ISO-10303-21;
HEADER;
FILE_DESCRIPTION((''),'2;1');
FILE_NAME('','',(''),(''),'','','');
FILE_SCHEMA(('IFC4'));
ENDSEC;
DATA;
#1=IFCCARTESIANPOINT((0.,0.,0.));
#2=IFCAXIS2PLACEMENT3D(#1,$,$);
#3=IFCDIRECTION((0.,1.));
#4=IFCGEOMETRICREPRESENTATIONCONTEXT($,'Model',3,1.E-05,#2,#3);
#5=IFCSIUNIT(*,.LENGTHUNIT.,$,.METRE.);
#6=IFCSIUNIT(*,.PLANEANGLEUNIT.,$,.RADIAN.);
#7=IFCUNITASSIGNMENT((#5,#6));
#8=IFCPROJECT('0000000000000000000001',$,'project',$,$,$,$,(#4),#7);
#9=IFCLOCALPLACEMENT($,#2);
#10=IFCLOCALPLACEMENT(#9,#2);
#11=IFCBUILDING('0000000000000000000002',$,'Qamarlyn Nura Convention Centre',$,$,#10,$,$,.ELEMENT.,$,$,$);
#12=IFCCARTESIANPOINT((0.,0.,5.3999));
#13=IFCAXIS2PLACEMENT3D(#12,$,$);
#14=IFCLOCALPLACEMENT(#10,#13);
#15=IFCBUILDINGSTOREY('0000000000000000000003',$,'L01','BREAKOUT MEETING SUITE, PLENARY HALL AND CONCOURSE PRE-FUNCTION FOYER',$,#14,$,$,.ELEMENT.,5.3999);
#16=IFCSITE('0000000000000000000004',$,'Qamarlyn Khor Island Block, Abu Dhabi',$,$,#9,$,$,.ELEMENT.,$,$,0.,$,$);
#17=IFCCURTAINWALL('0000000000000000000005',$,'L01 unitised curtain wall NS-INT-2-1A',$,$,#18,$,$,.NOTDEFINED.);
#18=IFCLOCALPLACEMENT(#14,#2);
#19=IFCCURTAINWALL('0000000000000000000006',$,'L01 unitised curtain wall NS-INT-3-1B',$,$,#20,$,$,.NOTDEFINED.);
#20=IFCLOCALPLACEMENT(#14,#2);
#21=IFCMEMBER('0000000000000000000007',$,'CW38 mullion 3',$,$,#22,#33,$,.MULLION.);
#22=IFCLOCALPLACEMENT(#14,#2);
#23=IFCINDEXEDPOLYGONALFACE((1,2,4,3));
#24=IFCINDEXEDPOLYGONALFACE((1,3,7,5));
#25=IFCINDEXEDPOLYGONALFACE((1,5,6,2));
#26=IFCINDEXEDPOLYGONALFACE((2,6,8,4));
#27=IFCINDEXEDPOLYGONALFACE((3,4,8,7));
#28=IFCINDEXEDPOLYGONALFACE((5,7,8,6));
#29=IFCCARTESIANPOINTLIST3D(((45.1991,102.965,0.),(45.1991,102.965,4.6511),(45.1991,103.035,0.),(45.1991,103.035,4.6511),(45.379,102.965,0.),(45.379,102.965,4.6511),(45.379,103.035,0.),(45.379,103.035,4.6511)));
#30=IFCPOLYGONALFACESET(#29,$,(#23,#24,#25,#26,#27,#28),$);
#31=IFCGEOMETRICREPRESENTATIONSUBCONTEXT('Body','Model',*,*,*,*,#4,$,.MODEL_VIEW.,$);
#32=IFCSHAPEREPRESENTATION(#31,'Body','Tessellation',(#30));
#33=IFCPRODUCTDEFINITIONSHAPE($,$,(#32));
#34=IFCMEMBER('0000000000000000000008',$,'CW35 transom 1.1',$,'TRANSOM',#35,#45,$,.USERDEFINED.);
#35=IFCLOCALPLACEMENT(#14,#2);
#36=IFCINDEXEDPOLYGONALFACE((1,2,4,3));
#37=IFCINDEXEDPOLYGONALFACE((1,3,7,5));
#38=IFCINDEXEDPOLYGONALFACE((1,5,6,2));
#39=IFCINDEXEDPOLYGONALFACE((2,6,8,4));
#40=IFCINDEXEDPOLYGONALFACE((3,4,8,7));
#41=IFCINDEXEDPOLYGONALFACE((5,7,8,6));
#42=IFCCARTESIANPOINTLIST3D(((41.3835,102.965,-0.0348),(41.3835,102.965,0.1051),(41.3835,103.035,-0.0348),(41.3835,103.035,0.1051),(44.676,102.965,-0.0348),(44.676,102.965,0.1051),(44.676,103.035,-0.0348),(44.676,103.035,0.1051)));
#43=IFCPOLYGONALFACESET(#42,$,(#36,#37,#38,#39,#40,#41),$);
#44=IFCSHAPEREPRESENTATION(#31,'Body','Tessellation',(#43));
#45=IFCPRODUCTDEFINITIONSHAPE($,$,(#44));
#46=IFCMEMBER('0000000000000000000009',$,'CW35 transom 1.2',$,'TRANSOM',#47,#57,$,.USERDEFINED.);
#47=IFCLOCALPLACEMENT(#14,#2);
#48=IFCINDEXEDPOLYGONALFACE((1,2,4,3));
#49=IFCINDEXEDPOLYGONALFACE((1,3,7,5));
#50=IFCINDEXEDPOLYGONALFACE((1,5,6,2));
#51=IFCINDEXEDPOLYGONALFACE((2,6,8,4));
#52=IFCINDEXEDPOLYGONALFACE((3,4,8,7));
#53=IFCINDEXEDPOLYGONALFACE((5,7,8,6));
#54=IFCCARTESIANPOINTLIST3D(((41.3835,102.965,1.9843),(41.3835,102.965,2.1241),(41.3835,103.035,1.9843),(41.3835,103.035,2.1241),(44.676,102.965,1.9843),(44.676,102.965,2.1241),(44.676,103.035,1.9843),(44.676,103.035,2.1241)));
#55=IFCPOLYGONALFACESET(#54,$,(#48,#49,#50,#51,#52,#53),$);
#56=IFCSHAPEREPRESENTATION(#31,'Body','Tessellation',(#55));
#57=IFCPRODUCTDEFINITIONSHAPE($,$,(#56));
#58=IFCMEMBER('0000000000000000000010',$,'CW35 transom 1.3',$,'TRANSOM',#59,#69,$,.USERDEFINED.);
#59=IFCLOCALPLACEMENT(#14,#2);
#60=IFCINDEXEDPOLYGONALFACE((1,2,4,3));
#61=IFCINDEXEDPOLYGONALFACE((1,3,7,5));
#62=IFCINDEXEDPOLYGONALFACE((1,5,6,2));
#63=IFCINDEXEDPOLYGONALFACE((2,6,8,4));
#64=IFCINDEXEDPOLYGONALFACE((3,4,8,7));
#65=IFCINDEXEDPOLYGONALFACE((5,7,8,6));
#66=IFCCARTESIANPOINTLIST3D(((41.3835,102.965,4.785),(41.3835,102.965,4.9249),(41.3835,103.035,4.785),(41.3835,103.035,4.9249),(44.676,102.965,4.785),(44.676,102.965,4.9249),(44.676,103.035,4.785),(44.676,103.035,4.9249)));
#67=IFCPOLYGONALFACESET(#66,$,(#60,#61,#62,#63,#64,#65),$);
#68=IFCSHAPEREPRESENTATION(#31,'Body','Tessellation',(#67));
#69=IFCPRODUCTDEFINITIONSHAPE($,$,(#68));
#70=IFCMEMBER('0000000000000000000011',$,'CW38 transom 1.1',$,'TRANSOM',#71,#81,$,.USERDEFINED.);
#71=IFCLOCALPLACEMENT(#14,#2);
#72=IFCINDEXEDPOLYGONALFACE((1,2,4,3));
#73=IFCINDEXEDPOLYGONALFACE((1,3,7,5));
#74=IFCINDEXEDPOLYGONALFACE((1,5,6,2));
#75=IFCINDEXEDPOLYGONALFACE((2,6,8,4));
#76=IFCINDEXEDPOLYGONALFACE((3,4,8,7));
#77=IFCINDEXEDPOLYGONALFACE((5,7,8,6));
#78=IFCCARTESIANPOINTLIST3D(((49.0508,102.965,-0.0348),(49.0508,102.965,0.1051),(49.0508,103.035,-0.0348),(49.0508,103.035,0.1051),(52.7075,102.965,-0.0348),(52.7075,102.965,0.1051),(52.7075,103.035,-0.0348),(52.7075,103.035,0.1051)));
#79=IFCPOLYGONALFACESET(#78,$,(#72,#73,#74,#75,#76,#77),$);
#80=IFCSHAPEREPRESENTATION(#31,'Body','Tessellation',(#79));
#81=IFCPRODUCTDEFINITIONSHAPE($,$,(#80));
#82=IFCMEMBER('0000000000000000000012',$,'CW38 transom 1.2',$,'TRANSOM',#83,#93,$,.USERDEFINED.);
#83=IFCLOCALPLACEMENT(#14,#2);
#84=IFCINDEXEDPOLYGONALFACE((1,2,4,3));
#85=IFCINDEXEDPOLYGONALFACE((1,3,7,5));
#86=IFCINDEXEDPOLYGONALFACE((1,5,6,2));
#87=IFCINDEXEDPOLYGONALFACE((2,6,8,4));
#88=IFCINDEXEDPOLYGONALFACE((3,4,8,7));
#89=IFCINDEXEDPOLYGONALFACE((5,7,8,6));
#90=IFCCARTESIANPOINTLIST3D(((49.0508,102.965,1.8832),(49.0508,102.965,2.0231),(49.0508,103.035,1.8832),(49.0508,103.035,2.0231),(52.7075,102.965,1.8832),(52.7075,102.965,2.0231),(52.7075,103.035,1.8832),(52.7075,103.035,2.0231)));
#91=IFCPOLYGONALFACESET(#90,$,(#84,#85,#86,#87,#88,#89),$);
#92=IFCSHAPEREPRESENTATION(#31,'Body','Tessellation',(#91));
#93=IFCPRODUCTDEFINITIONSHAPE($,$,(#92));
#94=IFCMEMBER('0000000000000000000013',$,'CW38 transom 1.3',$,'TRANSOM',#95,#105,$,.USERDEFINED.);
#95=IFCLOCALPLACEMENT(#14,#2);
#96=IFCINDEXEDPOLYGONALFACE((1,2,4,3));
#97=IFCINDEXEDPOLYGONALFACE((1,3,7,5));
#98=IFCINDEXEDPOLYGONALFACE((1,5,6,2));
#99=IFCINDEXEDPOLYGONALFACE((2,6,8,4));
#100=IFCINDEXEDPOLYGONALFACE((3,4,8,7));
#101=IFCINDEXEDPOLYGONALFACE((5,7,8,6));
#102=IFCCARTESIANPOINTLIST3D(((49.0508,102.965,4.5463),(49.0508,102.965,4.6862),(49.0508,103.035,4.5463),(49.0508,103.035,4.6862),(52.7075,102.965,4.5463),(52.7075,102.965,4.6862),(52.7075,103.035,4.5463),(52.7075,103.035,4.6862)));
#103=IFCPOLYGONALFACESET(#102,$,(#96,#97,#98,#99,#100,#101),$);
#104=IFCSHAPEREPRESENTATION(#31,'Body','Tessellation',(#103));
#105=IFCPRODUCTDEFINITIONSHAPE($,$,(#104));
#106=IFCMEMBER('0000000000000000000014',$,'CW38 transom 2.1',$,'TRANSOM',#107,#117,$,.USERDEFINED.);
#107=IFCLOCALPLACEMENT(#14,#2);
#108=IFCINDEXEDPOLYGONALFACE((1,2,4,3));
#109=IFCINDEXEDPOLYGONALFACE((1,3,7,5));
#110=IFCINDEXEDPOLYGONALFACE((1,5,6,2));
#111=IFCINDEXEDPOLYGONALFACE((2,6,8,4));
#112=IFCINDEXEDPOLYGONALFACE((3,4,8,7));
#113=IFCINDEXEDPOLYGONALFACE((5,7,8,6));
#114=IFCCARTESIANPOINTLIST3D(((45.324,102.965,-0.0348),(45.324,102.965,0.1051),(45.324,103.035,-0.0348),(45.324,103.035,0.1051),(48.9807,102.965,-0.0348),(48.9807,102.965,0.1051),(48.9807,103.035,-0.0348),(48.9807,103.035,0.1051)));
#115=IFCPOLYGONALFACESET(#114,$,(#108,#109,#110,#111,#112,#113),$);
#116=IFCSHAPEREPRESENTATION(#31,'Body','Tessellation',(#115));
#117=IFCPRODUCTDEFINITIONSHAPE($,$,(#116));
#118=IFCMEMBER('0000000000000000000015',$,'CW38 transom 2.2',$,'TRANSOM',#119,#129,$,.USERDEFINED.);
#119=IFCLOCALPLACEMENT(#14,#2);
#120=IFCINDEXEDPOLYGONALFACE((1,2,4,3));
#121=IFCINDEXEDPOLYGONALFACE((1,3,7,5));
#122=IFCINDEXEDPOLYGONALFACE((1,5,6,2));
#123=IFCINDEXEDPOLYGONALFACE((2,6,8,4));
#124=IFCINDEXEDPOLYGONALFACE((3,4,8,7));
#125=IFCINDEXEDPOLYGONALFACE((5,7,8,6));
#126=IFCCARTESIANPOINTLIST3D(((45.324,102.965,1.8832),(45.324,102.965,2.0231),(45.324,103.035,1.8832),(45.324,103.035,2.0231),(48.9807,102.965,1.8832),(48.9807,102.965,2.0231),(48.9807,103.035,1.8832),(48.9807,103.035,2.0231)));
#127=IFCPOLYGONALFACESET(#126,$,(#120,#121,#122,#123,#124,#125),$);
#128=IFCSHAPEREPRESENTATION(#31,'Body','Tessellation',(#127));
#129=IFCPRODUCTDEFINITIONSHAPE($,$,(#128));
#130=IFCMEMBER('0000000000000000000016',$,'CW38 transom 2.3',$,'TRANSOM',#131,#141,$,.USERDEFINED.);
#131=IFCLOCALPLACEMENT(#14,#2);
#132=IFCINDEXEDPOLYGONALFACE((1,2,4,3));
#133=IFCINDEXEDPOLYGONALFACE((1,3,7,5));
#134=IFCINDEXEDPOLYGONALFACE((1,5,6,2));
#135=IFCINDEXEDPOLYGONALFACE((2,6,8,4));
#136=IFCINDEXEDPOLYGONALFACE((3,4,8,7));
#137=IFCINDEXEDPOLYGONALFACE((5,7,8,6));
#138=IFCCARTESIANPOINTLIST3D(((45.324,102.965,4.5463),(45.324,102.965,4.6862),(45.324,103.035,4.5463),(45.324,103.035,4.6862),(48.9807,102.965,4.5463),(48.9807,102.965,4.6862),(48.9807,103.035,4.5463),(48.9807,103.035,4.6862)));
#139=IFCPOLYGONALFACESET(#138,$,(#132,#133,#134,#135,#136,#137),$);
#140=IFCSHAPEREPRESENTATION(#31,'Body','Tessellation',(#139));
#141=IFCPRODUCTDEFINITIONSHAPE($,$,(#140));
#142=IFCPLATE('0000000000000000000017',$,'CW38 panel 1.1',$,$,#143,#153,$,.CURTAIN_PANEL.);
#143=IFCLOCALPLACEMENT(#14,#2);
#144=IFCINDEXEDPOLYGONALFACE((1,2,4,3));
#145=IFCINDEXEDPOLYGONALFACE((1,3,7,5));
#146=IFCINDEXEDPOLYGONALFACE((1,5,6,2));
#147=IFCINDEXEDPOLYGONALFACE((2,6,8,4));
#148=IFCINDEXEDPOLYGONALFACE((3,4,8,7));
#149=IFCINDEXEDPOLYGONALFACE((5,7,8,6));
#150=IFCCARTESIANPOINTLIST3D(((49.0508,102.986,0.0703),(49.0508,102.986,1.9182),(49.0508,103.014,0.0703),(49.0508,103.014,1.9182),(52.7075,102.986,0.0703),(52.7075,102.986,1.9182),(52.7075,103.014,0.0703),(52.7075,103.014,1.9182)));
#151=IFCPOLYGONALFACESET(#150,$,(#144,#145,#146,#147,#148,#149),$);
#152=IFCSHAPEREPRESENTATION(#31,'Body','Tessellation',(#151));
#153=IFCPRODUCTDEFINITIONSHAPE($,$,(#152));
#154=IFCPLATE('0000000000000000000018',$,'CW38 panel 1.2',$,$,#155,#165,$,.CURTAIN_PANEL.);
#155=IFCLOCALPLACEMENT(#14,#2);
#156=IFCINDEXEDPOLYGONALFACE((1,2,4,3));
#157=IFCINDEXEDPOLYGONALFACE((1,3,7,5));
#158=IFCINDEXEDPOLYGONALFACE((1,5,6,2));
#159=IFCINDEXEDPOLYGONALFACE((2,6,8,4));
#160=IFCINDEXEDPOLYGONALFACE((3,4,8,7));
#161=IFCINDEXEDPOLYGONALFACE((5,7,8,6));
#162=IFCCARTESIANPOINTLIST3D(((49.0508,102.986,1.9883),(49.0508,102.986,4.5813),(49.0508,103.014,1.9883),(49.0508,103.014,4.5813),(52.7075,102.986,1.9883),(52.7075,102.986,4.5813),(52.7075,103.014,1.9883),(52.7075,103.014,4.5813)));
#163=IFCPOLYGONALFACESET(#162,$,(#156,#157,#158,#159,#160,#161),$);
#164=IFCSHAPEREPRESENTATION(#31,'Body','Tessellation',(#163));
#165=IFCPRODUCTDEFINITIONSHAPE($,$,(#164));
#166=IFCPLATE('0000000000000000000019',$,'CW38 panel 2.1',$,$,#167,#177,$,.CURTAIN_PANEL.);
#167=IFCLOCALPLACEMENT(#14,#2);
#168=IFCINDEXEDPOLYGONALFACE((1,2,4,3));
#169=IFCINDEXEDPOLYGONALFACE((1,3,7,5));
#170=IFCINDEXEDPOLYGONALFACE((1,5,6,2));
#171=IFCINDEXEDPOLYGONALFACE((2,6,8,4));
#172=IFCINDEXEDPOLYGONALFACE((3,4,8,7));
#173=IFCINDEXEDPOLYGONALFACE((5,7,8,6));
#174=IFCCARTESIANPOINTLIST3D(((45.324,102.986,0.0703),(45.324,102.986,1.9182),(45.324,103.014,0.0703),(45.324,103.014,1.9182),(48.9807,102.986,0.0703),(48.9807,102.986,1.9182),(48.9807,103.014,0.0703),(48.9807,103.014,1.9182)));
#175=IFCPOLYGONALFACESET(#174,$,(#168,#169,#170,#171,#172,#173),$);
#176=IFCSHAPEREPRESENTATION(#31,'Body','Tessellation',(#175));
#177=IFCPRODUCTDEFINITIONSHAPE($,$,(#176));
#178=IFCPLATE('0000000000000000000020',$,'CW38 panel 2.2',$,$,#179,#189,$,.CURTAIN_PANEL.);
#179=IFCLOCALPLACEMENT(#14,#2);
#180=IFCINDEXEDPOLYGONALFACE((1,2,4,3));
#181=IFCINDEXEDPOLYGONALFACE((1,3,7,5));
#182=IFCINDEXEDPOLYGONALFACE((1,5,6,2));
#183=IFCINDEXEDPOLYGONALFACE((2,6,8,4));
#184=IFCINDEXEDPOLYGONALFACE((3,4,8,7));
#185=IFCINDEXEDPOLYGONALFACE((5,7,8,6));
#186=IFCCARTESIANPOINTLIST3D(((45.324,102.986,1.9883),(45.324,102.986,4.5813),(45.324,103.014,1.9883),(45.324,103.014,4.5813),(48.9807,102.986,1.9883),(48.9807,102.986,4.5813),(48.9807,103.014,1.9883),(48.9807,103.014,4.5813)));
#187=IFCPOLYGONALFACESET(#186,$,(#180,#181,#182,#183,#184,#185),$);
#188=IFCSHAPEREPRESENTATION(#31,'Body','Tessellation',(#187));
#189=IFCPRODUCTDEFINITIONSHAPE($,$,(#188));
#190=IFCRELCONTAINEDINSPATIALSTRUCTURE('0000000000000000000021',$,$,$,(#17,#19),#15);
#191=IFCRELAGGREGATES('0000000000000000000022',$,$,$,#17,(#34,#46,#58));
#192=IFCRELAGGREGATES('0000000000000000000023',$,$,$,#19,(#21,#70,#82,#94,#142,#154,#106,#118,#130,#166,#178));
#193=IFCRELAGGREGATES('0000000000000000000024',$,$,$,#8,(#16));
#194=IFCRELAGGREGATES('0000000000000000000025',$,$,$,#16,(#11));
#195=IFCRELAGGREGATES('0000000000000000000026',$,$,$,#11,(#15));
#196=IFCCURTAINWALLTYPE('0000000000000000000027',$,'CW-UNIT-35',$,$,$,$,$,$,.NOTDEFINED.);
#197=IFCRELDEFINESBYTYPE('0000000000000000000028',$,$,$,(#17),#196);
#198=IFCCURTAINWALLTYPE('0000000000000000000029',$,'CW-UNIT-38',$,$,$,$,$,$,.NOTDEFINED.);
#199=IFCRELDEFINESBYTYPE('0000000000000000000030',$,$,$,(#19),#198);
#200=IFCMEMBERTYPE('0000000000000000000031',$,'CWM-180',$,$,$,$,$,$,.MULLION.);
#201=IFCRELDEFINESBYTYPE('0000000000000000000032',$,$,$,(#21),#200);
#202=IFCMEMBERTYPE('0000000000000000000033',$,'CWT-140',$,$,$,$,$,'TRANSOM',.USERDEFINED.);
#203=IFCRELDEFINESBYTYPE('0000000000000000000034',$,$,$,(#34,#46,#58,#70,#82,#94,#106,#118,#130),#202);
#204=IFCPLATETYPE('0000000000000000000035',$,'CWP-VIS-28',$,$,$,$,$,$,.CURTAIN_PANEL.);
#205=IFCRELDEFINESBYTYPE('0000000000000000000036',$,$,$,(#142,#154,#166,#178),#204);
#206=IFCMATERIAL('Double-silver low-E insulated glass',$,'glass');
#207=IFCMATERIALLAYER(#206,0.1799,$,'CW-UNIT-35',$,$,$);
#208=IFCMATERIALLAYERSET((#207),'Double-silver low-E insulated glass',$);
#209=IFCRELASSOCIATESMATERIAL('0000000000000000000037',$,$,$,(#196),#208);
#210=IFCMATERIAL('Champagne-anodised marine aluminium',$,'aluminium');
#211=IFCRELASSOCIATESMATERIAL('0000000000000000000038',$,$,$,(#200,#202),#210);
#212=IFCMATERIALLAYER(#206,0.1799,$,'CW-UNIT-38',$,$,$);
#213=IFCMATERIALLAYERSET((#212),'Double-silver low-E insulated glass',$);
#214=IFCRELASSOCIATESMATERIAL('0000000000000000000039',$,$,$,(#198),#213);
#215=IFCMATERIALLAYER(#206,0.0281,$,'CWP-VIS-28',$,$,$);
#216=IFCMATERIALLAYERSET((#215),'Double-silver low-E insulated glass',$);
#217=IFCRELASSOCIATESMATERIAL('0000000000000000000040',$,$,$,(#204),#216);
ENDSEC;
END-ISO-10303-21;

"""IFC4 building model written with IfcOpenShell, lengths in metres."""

from ifc_helpers import new_model, si_unit, direction, frame, origin, origin_2d, place, context, subcontext, project, spatial, rectangle, extrude, material, layer, layer_set, material_profile, profile_set, type_object, element, aggregate, save


model = new_model("IFC4")

# Units and contexts
model_context = context("Model", 3, precision=1e-05, world=origin(), true_north=direction((0.0, 1.0)))
body_context = subcontext(model_context, "Body", "Model", "MODEL_VIEW")
ifc_project = project(units=[si_unit("LENGTHUNIT", "METRE"), si_unit("PLANEANGLEUNIT", "RADIAN")], contexts=[model_context])

# Site, building, storey
site_placement = place(None, origin())
site = spatial("IfcSite", under=ifc_project, at=site_placement, Name="Qamarlyn Khor Island Block, Abu Dhabi", CompositionType="ELEMENT", RefElevation=0.0)
building_placement = place(site_placement, origin())
building = spatial("IfcBuilding", under=site, at=building_placement, Name="Qamarlyn Nura Convention Centre", CompositionType="ELEMENT")
storey_placement = place(building_placement, frame((0.0, 0.0, 5.3999)))
storey = spatial("IfcBuildingStorey", under=building, at=storey_placement, Name="L01", Description="BREAKOUT MEETING SUITE, PLENARY HALL AND CONCOURSE PRE-FUNCTION FOYER", CompositionType="ELEMENT", Elevation=5.3999)

# Curtain wall
ifc_material_1 = material(Name="Double-silver low-E insulated glass", Category="glass")
ifc_layer_1 = layer(ifc_material_1, 0.1799, Name="CW-UNIT-35")
ifc_layer_set_1 = layer_set([ifc_layer_1], Name="Double-silver low-E insulated glass")
curtain_wall_type_1 = type_object("IfcCurtainWallType", Name="CW-UNIT-35", PredefinedType="NOTDEFINED", material=ifc_layer_set_1)
curtain_wall_1_placement = place(storey_placement, origin())
curtain_wall_1 = element("IfcCurtainWall", 1, at=curtain_wall_1_placement, inside=storey, type_object=curtain_wall_type_1, Name="L01 unitised curtain wall NS-INT-2-1A", PredefinedType="NOTDEFINED")
ifc_material_2 = material(Name="Champagne-anodised marine aluminium", Category="aluminium")
ifc_material_profile_1 = material_profile(ifc_material_2, rectangle(XDim=0.0701, YDim=0.1799, at=origin_2d()), Name="ALU MULLION 70x180")
ifc_profile_set_1 = profile_set([ifc_material_profile_1], Name="Champagne-anodised marine aluminium")
member_type_1 = type_object("IfcMemberType", Name="CWM-180", PredefinedType="MULLION", material=ifc_profile_set_1)

# Curtain wall, member
ifc_layer_2 = layer(ifc_material_1, 0.1799, Name="CW-UNIT-38")
ifc_layer_set_2 = layer_set([ifc_layer_2], Name="Double-silver low-E insulated glass")
curtain_wall_type_2 = type_object("IfcCurtainWallType", Name="CW-UNIT-38", PredefinedType="NOTDEFINED", material=ifc_layer_set_2)
curtain_wall_2_placement = place(storey_placement, origin())
curtain_wall_2 = element("IfcCurtainWall", 2, at=curtain_wall_2_placement, inside=storey, type_object=curtain_wall_type_2, Name="L01 unitised curtain wall NS-INT-3-1B", PredefinedType="NOTDEFINED")
member_1_placement = place(storey_placement, frame((45.2891, 103.0, 0.0), z_axis=(0.0, 0.0, 1.0), x_axis=(0.0, -1.0, 0.0)))
member_1 = element("IfcMember", 3, at=member_1_placement, type_object=member_type_1, Name="CW38 mullion 3", PredefinedType="MULLION", context=body_context, shape_type="SweptSolid", body=[
    extrude(rectangle(XDim=0.0701, YDim=0.1799, at=origin_2d()), origin(), (0.0, 0.0, 1.0), 4.6511),
])

# Members
ifc_material_profile_2 = material_profile(ifc_material_2, rectangle(XDim=0.0701, YDim=0.1399, at=origin_2d()), Name="ALU TRANSOM 70x140")
ifc_profile_set_2 = profile_set([ifc_material_profile_2], Name="Champagne-anodised marine aluminium")
member_type_2 = type_object("IfcMemberType", Name="CWT-140", ElementType="TRANSOM", PredefinedType="USERDEFINED", material=ifc_profile_set_2)
member_2_placement = place(storey_placement, frame((44.676, 103.0, 0.0352), z_axis=(-1.0, 0.0, 0.0), x_axis=(0.0, -1.0, 0.0)))
member_2 = element("IfcMember", 4, at=member_2_placement, type_object=member_type_2, Name="CW35 transom 1.1", ObjectType="TRANSOM", PredefinedType="USERDEFINED", context=body_context, shape_type="SweptSolid", body=[
    extrude(rectangle(XDim=0.0701, YDim=0.1399, at=origin_2d()), origin(), (0.0, 0.0, 1.0), 3.2925),
])
member_3_placement = place(storey_placement, frame((44.676, 103.0, 2.0542), z_axis=(-1.0, 0.0, 0.0), x_axis=(0.0, -1.0, 0.0)))
member_3 = element("IfcMember", 5, at=member_3_placement, type_object=member_type_2, Name="CW35 transom 1.2", ObjectType="TRANSOM", PredefinedType="USERDEFINED", context=body_context, shape_type="SweptSolid", body=[
    extrude(rectangle(XDim=0.0701, YDim=0.1399, at=origin_2d()), origin(), (0.0, 0.0, 1.0), 3.2925),
])
member_4_placement = place(storey_placement, frame((44.676, 103.0, 4.855), z_axis=(-1.0, 0.0, 0.0), x_axis=(0.0, -1.0, 0.0)))
member_4 = element("IfcMember", 6, at=member_4_placement, type_object=member_type_2, Name="CW35 transom 1.3", ObjectType="TRANSOM", PredefinedType="USERDEFINED", context=body_context, shape_type="SweptSolid", body=[
    extrude(rectangle(XDim=0.0701, YDim=0.1399, at=origin_2d()), origin(), (0.0, 0.0, 1.0), 3.2925),
])
aggregate(curtain_wall_1, [member_2, member_3, member_4])
member_5_placement = place(storey_placement, frame((52.7075, 103.0, 0.0352), z_axis=(-1.0, 0.0, 0.0), x_axis=(0.0, -1.0, 0.0)))
member_5 = element("IfcMember", 7, at=member_5_placement, type_object=member_type_2, Name="CW38 transom 1.1", ObjectType="TRANSOM", PredefinedType="USERDEFINED", context=body_context, shape_type="SweptSolid", body=[
    extrude(rectangle(XDim=0.0701, YDim=0.1399, at=origin_2d()), origin(), (0.0, 0.0, 1.0), 3.6567),
])
member_6_placement = place(storey_placement, frame((52.7075, 103.0, 1.9531), z_axis=(-1.0, 0.0, 0.0), x_axis=(0.0, -1.0, 0.0)))
member_6 = element("IfcMember", 8, at=member_6_placement, type_object=member_type_2, Name="CW38 transom 1.2", ObjectType="TRANSOM", PredefinedType="USERDEFINED", context=body_context, shape_type="SweptSolid", body=[
    extrude(rectangle(XDim=0.0701, YDim=0.1399, at=origin_2d()), origin(), (0.0, 0.0, 1.0), 3.6567),
])
member_7_placement = place(storey_placement, frame((52.7075, 103.0, 4.6162), z_axis=(-1.0, 0.0, 0.0), x_axis=(0.0, -1.0, 0.0)))
member_7 = element("IfcMember", 9, at=member_7_placement, type_object=member_type_2, Name="CW38 transom 1.3", ObjectType="TRANSOM", PredefinedType="USERDEFINED", context=body_context, shape_type="SweptSolid", body=[
    extrude(rectangle(XDim=0.0701, YDim=0.1399, at=origin_2d()), origin(), (0.0, 0.0, 1.0), 3.6567),
])
member_8_placement = place(storey_placement, frame((48.9807, 103.0, 0.0352), z_axis=(-1.0, 0.0, 0.0), x_axis=(0.0, -1.0, 0.0)))
member_8 = element("IfcMember", 10, at=member_8_placement, type_object=member_type_2, Name="CW38 transom 2.1", ObjectType="TRANSOM", PredefinedType="USERDEFINED", context=body_context, shape_type="SweptSolid", body=[
    extrude(rectangle(XDim=0.0701, YDim=0.1399, at=origin_2d()), origin(), (0.0, 0.0, 1.0), 3.6567),
])
member_9_placement = place(storey_placement, frame((48.9807, 103.0, 1.9531), z_axis=(-1.0, 0.0, 0.0), x_axis=(0.0, -1.0, 0.0)))
member_9 = element("IfcMember", 11, at=member_9_placement, type_object=member_type_2, Name="CW38 transom 2.2", ObjectType="TRANSOM", PredefinedType="USERDEFINED", context=body_context, shape_type="SweptSolid", body=[
    extrude(rectangle(XDim=0.0701, YDim=0.1399, at=origin_2d()), origin(), (0.0, 0.0, 1.0), 3.6567),
])
member_10_placement = place(storey_placement, frame((48.9807, 103.0, 4.6162), z_axis=(-1.0, 0.0, 0.0), x_axis=(0.0, -1.0, 0.0)))
member_10 = element("IfcMember", 12, at=member_10_placement, type_object=member_type_2, Name="CW38 transom 2.3", ObjectType="TRANSOM", PredefinedType="USERDEFINED", context=body_context, shape_type="SweptSolid", body=[
    extrude(rectangle(XDim=0.0701, YDim=0.1399, at=origin_2d()), origin(), (0.0, 0.0, 1.0), 3.6567),
])

# Plates
ifc_layer_3 = layer(ifc_material_1, 0.0281, Name="CWP-VIS-28")
ifc_layer_set_3 = layer_set([ifc_layer_3], Name="Double-silver low-E insulated glass")
plate_type = type_object("IfcPlateType", Name="CWP-VIS-28", PredefinedType="CURTAIN_PANEL", material=ifc_layer_set_3)
plate_1_placement = place(storey_placement, frame((50.8792, 103.0, 0.0703), z_axis=(0.0, 0.0, 1.0), x_axis=(-1.0, 0.0, 0.0)))
plate_1 = element("IfcPlate", 13, at=plate_1_placement, type_object=plate_type, Name="CW38 panel 1.1", PredefinedType="CURTAIN_PANEL", context=body_context, shape_type="SweptSolid", body=[
    extrude(rectangle(XDim=3.6567, YDim=0.0281, at=origin_2d()), origin(), (0.0, 0.0, 1.0), 1.8479),
])
plate_2_placement = place(storey_placement, frame((50.8792, 103.0, 1.9883), z_axis=(0.0, 0.0, 1.0), x_axis=(-1.0, 0.0, 0.0)))
plate_2 = element("IfcPlate", 14, at=plate_2_placement, type_object=plate_type, Name="CW38 panel 1.2", PredefinedType="CURTAIN_PANEL", context=body_context, shape_type="SweptSolid", body=[
    extrude(rectangle(XDim=3.6567, YDim=0.0281, at=origin_2d()), origin(), (0.0, 0.0, 1.0), 2.593),
])
plate_3_placement = place(storey_placement, frame((47.1523, 103.0, 0.0703), z_axis=(0.0, 0.0, 1.0), x_axis=(-1.0, 0.0, 0.0)))
plate_3 = element("IfcPlate", 15, at=plate_3_placement, type_object=plate_type, Name="CW38 panel 2.1", PredefinedType="CURTAIN_PANEL", context=body_context, shape_type="SweptSolid", body=[
    extrude(rectangle(XDim=3.6567, YDim=0.0281, at=origin_2d()), origin(), (0.0, 0.0, 1.0), 1.8479),
])
plate_4_placement = place(storey_placement, frame((47.1523, 103.0, 1.9883), z_axis=(0.0, 0.0, 1.0), x_axis=(-1.0, 0.0, 0.0)))
plate_4 = element("IfcPlate", 16, at=plate_4_placement, type_object=plate_type, Name="CW38 panel 2.2", PredefinedType="CURTAIN_PANEL", context=body_context, shape_type="SweptSolid", body=[
    extrude(rectangle(XDim=3.6567, YDim=0.0281, at=origin_2d()), origin(), (0.0, 0.0, 1.0), 2.593),
])
aggregate(curtain_wall_2, [member_1, member_5, member_6, member_7, plate_1, plate_2, member_8, member_9, member_10, plate_3, plate_4])

save(model, "model.ifc")
